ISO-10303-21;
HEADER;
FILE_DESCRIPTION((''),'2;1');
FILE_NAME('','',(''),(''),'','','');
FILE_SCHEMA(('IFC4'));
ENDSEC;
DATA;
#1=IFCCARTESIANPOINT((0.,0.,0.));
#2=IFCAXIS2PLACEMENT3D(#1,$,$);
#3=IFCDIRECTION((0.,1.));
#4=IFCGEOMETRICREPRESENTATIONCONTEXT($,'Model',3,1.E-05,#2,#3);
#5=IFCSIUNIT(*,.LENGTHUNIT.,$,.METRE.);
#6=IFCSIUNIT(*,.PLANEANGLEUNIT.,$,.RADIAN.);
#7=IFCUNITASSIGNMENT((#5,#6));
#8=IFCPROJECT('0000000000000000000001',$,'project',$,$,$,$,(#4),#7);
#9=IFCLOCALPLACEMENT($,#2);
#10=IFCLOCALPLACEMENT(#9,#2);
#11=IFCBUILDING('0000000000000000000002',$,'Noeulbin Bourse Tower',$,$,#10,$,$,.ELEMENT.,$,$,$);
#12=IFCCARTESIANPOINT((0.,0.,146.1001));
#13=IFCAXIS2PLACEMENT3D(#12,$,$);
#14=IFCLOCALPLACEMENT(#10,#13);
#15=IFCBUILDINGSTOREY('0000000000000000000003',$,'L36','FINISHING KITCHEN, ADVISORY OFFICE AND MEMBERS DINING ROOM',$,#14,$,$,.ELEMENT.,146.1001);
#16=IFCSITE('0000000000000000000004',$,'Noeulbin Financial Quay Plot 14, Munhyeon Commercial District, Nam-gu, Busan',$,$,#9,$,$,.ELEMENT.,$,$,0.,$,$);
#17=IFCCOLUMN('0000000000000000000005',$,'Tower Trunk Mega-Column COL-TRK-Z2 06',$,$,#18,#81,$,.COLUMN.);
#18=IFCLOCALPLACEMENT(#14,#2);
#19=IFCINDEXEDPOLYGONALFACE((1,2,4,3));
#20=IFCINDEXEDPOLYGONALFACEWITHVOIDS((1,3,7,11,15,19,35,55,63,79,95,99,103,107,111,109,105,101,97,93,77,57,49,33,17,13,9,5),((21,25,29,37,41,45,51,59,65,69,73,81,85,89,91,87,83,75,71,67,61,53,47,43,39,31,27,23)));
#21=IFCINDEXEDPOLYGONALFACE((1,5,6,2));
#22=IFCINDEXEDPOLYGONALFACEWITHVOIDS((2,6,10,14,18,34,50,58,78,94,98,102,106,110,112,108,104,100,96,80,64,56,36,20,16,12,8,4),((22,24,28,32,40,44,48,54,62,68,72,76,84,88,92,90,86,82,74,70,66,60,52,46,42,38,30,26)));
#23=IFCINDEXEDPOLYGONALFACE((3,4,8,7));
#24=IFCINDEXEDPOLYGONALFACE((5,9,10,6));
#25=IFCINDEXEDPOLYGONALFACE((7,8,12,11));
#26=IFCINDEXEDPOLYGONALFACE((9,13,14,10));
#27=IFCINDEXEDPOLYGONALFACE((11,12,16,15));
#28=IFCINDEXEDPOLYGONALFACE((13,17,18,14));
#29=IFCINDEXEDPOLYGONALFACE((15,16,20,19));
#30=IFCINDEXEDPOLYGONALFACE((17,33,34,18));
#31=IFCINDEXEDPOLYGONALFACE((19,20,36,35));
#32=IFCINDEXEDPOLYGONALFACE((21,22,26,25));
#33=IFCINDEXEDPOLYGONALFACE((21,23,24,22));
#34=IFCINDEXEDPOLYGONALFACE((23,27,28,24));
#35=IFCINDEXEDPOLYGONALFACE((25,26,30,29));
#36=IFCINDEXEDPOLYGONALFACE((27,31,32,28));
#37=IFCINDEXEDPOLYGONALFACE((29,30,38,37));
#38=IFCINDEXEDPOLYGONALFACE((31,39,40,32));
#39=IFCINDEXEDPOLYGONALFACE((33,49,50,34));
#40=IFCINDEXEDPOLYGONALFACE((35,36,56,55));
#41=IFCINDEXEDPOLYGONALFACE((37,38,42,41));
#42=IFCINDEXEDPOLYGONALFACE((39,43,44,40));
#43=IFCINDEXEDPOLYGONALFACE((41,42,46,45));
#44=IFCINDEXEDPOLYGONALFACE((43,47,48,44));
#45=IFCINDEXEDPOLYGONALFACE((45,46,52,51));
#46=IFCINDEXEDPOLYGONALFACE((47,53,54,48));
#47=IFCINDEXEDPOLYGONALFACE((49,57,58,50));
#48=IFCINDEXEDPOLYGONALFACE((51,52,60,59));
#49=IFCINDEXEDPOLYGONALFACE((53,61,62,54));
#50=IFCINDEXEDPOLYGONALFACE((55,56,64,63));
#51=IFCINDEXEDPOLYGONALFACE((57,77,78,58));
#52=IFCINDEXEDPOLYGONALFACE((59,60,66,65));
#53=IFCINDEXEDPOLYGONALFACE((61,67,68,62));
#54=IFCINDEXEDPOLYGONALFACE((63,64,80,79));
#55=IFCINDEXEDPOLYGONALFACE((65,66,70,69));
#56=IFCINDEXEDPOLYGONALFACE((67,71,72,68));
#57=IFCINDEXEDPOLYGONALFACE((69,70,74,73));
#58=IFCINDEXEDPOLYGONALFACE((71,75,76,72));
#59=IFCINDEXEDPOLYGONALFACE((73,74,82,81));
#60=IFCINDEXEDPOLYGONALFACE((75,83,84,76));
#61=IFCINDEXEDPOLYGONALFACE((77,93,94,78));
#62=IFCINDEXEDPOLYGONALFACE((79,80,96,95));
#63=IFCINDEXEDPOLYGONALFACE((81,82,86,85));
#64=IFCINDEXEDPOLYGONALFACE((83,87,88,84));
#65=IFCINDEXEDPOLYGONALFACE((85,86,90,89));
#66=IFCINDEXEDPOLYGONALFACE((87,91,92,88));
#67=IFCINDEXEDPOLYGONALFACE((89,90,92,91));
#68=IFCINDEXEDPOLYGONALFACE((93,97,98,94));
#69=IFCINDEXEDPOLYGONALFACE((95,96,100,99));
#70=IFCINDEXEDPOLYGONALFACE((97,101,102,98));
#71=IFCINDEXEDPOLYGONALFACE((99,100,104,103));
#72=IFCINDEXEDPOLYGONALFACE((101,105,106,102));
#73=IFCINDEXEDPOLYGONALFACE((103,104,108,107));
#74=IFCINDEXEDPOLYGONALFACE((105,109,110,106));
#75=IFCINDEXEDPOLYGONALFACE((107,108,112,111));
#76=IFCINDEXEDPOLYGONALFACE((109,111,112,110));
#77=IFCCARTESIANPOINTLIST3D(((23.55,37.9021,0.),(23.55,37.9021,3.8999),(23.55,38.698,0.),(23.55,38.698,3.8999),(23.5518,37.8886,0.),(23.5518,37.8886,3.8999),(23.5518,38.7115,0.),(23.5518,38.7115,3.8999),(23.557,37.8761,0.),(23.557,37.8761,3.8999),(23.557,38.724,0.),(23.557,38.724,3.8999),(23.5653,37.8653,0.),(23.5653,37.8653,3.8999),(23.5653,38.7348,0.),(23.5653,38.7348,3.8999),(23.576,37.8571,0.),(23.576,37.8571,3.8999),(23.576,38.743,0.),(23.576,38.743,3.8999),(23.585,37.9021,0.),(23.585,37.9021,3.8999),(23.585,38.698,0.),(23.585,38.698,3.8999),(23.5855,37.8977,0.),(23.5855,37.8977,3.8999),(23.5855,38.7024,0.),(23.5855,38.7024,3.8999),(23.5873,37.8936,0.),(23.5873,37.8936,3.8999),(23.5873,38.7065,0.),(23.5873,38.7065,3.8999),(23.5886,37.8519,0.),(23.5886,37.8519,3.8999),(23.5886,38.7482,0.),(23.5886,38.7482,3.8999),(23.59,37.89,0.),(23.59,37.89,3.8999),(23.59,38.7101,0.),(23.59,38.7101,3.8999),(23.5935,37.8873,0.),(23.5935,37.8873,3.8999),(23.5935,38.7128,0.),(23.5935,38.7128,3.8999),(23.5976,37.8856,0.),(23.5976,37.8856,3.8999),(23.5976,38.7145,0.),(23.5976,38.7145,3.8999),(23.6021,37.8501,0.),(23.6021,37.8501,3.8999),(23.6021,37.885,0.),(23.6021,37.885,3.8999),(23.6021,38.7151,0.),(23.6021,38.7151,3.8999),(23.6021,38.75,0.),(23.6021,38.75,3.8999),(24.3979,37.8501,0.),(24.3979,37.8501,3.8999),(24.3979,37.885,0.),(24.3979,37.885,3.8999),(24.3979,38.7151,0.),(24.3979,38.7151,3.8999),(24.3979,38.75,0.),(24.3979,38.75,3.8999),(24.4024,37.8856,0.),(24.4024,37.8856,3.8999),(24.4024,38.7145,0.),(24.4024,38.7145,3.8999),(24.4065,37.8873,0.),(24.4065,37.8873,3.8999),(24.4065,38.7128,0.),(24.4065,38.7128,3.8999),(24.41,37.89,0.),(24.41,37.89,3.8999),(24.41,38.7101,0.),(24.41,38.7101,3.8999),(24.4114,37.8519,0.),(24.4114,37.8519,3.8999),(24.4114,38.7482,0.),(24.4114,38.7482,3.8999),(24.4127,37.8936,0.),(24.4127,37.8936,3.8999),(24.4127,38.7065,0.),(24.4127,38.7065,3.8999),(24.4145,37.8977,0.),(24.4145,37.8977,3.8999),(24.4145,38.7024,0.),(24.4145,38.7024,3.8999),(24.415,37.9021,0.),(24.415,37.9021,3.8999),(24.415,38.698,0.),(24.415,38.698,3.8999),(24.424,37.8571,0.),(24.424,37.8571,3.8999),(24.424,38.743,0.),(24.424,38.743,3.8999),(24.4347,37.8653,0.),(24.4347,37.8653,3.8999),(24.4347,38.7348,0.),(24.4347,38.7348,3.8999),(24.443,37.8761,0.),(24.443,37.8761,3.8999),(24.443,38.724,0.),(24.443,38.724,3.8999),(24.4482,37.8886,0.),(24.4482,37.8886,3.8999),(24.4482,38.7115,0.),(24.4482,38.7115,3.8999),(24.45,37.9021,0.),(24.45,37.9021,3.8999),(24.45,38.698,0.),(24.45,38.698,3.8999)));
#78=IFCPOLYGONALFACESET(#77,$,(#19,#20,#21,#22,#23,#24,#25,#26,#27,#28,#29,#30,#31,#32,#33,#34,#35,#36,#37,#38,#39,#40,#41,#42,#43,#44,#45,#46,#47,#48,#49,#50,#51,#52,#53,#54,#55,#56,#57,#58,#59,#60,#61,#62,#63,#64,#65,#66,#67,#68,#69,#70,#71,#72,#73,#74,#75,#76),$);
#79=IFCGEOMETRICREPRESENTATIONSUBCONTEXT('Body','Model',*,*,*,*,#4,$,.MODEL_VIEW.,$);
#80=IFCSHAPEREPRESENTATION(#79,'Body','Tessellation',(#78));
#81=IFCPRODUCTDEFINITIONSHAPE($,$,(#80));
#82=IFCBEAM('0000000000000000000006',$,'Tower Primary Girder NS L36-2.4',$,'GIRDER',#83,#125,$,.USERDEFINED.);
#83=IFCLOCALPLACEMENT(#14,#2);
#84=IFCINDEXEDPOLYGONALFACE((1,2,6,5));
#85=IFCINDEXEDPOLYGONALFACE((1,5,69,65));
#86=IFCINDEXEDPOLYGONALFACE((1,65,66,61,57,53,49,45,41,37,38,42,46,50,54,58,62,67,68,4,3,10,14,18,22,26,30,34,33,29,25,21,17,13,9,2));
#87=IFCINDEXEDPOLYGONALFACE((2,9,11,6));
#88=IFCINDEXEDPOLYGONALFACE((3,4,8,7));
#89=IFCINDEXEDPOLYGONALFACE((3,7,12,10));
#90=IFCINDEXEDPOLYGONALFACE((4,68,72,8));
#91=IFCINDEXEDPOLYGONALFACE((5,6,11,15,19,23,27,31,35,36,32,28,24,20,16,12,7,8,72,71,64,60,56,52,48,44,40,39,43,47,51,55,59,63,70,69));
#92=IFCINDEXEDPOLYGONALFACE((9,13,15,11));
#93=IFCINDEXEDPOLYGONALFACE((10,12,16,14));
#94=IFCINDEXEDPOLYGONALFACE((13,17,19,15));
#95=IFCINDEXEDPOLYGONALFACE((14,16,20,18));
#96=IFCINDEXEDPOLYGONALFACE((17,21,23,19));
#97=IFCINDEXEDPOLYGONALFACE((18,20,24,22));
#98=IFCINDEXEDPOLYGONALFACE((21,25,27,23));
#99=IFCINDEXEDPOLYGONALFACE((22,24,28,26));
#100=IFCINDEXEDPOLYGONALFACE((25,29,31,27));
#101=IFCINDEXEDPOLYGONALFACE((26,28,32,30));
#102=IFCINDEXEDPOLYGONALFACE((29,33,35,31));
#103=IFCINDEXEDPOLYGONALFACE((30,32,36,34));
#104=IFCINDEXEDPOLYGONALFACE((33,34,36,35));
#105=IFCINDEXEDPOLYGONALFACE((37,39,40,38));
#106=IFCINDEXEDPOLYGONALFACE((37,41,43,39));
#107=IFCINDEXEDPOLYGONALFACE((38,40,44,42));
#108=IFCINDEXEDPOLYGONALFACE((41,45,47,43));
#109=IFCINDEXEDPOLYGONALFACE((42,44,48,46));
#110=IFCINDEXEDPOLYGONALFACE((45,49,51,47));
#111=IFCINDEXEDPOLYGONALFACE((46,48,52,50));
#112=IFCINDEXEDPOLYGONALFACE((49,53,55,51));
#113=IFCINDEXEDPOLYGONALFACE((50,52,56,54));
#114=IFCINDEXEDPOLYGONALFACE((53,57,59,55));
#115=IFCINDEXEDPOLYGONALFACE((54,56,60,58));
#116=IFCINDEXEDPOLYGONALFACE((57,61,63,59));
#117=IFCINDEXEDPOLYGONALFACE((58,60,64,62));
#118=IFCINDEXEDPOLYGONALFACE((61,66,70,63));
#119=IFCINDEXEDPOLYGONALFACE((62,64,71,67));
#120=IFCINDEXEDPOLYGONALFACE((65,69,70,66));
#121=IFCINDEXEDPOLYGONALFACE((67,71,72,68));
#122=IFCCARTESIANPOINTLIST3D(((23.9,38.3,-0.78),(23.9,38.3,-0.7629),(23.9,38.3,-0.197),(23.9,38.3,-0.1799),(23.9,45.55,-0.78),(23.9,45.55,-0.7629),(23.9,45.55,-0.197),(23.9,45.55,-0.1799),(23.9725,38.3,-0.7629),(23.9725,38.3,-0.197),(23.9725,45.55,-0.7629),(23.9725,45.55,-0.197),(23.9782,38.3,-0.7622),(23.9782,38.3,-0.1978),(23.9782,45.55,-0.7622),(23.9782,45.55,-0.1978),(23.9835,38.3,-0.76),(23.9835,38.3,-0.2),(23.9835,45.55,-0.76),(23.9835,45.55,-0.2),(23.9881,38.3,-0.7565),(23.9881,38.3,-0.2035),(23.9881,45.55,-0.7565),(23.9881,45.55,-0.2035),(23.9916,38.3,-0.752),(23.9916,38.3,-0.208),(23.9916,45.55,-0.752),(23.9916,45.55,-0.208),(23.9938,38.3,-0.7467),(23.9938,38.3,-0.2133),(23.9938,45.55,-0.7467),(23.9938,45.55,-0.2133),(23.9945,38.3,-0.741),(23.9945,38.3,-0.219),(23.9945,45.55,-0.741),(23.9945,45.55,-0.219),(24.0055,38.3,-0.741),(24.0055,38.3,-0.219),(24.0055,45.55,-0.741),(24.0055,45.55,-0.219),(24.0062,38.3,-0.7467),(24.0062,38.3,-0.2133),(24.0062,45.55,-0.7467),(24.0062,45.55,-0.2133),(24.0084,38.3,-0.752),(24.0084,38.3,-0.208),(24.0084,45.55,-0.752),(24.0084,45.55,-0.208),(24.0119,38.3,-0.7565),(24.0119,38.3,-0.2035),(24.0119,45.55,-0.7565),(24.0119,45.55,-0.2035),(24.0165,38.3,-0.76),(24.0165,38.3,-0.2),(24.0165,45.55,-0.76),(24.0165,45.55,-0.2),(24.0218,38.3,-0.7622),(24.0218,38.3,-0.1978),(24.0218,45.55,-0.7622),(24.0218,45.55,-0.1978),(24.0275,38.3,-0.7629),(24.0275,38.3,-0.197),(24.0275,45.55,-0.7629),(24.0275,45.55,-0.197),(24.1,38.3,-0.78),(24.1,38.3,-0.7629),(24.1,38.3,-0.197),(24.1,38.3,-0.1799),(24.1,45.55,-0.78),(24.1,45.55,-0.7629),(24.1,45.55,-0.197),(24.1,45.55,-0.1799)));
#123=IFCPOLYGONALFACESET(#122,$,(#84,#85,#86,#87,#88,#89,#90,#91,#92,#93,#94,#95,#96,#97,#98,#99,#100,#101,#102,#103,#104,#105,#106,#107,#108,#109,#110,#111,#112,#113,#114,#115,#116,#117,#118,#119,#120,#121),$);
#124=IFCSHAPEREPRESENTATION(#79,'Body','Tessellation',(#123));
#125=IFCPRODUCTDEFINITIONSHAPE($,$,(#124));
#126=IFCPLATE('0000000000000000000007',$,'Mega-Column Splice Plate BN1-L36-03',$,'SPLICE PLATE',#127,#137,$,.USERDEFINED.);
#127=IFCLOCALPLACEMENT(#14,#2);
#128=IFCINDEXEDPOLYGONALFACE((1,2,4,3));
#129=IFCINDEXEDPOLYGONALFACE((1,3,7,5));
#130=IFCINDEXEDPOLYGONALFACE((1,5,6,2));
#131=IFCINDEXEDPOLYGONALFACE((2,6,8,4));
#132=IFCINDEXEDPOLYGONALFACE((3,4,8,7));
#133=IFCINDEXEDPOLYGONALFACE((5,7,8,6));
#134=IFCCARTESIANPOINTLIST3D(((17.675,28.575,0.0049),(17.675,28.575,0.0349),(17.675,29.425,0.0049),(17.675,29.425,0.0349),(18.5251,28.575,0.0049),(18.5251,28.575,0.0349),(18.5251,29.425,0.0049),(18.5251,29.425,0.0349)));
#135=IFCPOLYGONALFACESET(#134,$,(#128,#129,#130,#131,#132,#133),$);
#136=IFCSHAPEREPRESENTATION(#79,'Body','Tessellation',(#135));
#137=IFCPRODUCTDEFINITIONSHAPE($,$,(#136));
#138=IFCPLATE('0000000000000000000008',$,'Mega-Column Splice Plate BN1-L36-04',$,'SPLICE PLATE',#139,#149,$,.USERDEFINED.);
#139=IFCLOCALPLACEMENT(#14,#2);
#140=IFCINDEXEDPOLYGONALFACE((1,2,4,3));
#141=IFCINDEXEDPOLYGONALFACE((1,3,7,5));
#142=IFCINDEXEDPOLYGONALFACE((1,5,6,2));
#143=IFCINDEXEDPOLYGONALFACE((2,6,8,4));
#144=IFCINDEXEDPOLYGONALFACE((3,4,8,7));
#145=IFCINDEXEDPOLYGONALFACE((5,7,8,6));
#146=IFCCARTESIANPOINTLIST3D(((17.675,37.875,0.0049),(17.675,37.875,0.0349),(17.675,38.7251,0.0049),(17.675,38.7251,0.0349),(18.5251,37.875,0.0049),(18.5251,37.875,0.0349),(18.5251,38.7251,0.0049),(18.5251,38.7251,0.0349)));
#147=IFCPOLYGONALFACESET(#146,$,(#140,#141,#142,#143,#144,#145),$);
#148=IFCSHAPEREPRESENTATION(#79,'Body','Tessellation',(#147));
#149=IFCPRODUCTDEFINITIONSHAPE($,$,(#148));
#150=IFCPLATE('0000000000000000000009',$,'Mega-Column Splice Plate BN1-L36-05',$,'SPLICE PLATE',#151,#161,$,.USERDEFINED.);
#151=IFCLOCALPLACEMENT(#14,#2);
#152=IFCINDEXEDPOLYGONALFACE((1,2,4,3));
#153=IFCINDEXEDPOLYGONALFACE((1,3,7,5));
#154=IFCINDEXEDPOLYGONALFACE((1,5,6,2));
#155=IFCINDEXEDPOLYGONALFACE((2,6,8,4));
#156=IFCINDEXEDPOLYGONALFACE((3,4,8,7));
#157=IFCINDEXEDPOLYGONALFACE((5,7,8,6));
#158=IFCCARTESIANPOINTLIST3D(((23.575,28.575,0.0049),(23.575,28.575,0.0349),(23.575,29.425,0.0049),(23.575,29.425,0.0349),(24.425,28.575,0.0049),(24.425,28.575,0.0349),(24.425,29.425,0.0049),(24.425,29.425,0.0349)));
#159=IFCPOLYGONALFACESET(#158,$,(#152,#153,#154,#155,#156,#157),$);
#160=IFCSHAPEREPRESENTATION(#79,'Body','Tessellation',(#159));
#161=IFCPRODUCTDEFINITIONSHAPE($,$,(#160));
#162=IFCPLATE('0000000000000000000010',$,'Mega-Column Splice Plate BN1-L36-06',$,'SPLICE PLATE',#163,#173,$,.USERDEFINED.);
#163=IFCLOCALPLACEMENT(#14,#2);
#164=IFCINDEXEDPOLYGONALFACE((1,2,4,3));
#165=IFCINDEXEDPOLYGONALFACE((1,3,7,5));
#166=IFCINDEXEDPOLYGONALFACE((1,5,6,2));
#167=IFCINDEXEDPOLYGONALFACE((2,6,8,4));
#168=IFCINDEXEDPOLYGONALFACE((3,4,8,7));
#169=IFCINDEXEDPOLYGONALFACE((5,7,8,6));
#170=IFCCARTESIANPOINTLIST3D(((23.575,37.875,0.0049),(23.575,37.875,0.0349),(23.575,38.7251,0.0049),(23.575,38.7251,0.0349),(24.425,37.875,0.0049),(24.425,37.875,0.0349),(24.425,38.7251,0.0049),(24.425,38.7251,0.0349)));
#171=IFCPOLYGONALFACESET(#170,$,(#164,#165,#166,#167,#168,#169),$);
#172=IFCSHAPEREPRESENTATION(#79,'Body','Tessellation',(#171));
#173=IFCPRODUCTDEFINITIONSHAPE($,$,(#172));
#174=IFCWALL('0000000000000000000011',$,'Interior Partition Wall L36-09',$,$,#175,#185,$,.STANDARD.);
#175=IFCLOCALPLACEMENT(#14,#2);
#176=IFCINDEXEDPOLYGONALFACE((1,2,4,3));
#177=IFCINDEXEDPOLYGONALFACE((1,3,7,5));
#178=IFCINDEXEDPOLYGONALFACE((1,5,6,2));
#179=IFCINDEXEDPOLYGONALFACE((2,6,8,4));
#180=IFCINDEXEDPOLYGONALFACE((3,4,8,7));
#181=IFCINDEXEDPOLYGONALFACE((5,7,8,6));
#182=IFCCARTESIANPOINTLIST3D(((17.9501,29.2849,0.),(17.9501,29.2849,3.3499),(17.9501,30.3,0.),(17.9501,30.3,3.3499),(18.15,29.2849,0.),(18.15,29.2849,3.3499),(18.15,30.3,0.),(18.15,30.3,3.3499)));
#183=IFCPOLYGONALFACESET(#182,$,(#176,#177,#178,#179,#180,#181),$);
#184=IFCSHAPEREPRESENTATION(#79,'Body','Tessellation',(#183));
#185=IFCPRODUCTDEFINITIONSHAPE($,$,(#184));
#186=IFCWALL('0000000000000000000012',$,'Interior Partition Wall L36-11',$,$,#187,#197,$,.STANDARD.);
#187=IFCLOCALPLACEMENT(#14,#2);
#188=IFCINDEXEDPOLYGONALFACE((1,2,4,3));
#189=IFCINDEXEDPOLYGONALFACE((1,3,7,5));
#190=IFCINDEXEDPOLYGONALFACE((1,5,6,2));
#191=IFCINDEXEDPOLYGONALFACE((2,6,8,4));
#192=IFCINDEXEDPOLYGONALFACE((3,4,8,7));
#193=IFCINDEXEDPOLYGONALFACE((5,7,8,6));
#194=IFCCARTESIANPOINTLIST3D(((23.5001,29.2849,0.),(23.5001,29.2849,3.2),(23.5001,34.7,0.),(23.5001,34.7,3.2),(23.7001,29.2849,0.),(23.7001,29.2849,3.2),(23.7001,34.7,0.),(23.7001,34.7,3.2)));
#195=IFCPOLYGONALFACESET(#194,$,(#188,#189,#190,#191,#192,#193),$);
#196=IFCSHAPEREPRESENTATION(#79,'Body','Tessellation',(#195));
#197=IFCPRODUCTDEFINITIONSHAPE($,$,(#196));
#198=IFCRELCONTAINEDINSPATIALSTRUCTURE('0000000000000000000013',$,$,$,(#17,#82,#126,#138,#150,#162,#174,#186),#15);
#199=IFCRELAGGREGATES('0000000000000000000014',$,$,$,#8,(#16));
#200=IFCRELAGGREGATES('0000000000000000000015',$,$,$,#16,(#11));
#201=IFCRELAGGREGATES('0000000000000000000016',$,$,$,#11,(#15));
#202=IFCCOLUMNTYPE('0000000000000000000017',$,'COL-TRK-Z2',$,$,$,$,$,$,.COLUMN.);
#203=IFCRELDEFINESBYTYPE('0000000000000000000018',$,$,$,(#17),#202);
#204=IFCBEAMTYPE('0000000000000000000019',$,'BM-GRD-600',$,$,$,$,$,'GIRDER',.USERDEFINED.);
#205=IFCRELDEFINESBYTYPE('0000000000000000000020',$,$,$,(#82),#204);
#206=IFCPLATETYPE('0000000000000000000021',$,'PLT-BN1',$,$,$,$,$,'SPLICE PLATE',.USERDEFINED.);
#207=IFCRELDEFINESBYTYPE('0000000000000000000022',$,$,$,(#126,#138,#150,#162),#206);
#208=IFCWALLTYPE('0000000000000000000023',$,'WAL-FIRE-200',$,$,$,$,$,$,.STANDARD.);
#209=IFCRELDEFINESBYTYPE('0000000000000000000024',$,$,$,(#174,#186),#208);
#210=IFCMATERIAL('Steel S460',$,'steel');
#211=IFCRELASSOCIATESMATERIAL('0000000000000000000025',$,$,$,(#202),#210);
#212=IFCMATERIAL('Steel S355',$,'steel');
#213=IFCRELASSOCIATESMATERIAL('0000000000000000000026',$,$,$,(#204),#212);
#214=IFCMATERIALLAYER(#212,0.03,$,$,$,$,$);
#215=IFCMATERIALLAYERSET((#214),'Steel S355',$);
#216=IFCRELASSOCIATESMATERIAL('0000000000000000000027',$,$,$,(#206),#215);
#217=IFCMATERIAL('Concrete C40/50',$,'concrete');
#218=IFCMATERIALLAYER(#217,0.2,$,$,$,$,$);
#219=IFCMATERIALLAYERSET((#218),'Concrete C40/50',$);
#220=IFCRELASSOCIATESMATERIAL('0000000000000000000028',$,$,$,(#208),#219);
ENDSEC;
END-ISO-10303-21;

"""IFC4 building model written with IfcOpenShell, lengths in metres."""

from ifc_helpers import new_model, si_unit, direction, frame, frame_2d, origin, origin_2d, place, context, subcontext, project, spatial, rectangle, hollow_rectangle, i_section, extrude, material, layer, layer_set, material_profile, profile_set, type_object, element, save


model = new_model("IFC4")

# Units and contexts
model_context = context("Model", 3, precision=1e-05, world=origin(), true_north=direction((0.0, 1.0)))
body_context = subcontext(model_context, "Body", "Model", "MODEL_VIEW")
ifc_project = project(units=[si_unit("LENGTHUNIT", "METRE"), si_unit("PLANEANGLEUNIT", "RADIAN")], contexts=[model_context])

# Site, building, storey
site_placement = place(None, origin())
site = spatial("IfcSite", under=ifc_project, at=site_placement, Name="Noeulbin Financial Quay Plot 14, Munhyeon Commercial District, Nam-gu, Busan", CompositionType="ELEMENT", RefElevation=0.0)
building_placement = place(site_placement, origin())
building = spatial("IfcBuilding", under=site, at=building_placement, Name="Noeulbin Bourse Tower", CompositionType="ELEMENT")
storey_placement = place(building_placement, frame((0.0, 0.0, 146.1001)))
storey = spatial("IfcBuildingStorey", under=building, at=storey_placement, Name="L36", Description="FINISHING KITCHEN, ADVISORY OFFICE AND MEMBERS DINING ROOM", CompositionType="ELEMENT", Elevation=146.1001)

# Column
ifc_material_1 = material(Name="Steel S460", Category="steel")
ifc_material_profile_1 = material_profile(ifc_material_1, hollow_rectangle(XDim=0.8999, YDim=0.8999, WallThickness=0.0349, InnerFilletRadius=0.0171, OuterFilletRadius=0.052, at=origin_2d()), Name="BOX-900x900x35", Category="LoadBearing")
ifc_profile_set_1 = profile_set([ifc_material_profile_1], Name="Steel S460")
column_type = type_object("IfcColumnType", Name="COL-TRK-Z2", PredefinedType="COLUMN", material=ifc_profile_set_1)
for number, where, z_axis, x_axis, name in (
    (1, (24.0, 38.3, 0.0), (0.0, 0.0, 1.0), (1.0, 0.0, 0.0), "Tower Trunk Mega-Column COL-TRK-Z2 06"),
):
    element("IfcColumn", number, at=place(storey_placement, frame(where, z_axis=z_axis, x_axis=x_axis)), inside=storey, type_object=column_type, Name=name, PredefinedType="COLUMN", context=body_context, shape_type="SweptSolid", body=[
        extrude(hollow_rectangle(XDim=0.8999, YDim=0.8999, WallThickness=0.0349, InnerFilletRadius=0.0171, OuterFilletRadius=0.052, at=origin_2d()), origin(), (0.0, 0.0, 1.0), 3.8999),
    ])

# Beam
ifc_material_2 = material(Name="Steel S355", Category="steel")
ifc_material_profile_2 = material_profile(ifc_material_2, i_section(OverallWidth=0.2, OverallDepth=0.6001, WebThickness=0.011, FlangeThickness=0.0171, FilletRadius=0.022, at=origin_2d()), Name="H-600x200x11x17", Category="LoadBearing")
ifc_profile_set_2 = profile_set([ifc_material_profile_2], Name="Steel S355")
beam_type = type_object("IfcBeamType", Name="BM-GRD-600", ElementType="GIRDER", PredefinedType="USERDEFINED", material=ifc_profile_set_2)
beam_placement = place(storey_placement, frame((24.0, 38.3, -0.48), z_axis=(0.0, 1.0, 0.0), x_axis=(-1.0, 0.0, 0.0)))
element("IfcBeam", 2, at=beam_placement, inside=storey, type_object=beam_type, Name="Tower Primary Girder NS L36-2.4", ObjectType="GIRDER", PredefinedType="USERDEFINED", context=body_context, shape_type="SweptSolid", body=[
    extrude(i_section(OverallWidth=0.2, OverallDepth=0.6001, WebThickness=0.011, FlangeThickness=0.0171, FilletRadius=0.022, at=origin_2d()), origin(), (0.0, 0.0, 1.0), 7.25),
])

# Plates
ifc_layer_1 = layer(ifc_material_2, 0.03)
ifc_layer_set_1 = layer_set([ifc_layer_1], Name="Steel S355")
plate_type = type_object("IfcPlateType", Name="PLT-BN1", ElementType="SPLICE PLATE", PredefinedType="USERDEFINED", material=ifc_layer_set_1)
for number, where, z_axis, x_axis, name in (
    (3, (18.1001, 29.0, 0.0049), (0.0, 0.0, 1.0), (1.0, 0.0, 0.0), "Mega-Column Splice Plate BN1-L36-03"),
    (4, (18.1001, 38.3, 0.0049), (0.0, 0.0, 1.0), (1.0, 0.0, 0.0), "Mega-Column Splice Plate BN1-L36-04"),
    (5, (24.0, 29.0, 0.0049), (0.0, 0.0, 1.0), (1.0, 0.0, 0.0), "Mega-Column Splice Plate BN1-L36-05"),
    (6, (24.0, 38.3, 0.0049), (0.0, 0.0, 1.0), (1.0, 0.0, 0.0), "Mega-Column Splice Plate BN1-L36-06"),
):
    element("IfcPlate", number, at=place(storey_placement, frame(where, z_axis=z_axis, x_axis=x_axis)), inside=storey, type_object=plate_type, Name=name, ObjectType="SPLICE PLATE", PredefinedType="USERDEFINED", context=body_context, shape_type="SweptSolid", body=[
        extrude(rectangle(XDim=0.8501, YDim=0.8501, at=origin_2d()), origin(), (0.0, 0.0, 1.0), 0.03),
    ])

# Walls
ifc_material_3 = material(Name="Concrete C40/50", Category="concrete")
ifc_layer_2 = layer(ifc_material_3, 0.2)
ifc_layer_set_2 = layer_set([ifc_layer_2], Name="Concrete C40/50")
wall_type_1 = type_object("IfcWallType", Name="WAL-FIRE-200", PredefinedType="STANDARD", material=ifc_layer_set_2)
wall_1_placement = place(storey_placement, frame((18.05, 29.2849, 0.0), z_axis=(0.0, 0.0, 1.0), x_axis=(0.0, 1.0, 0.0)))
element("IfcWall", 7, at=wall_1_placement, inside=storey, type_object=wall_type_1, Name="Interior Partition Wall L36-09", PredefinedType="STANDARD", context=body_context, shape_type="SweptSolid", body=[
    extrude(rectangle(XDim=1.0151, YDim=0.2, at=frame_2d((0.5076, 0.0))), origin(), (0.0, 0.0, 1.0), 3.3499),
])
wall_2_placement = place(storey_placement, frame((23.6001, 29.2849, 0.0), z_axis=(0.0, 0.0, 1.0), x_axis=(0.0, 1.0, 0.0)))
element("IfcWall", 8, at=wall_2_placement, inside=storey, type_object=wall_type_1, Name="Interior Partition Wall L36-11", PredefinedType="STANDARD", context=body_context, shape_type="SweptSolid", body=[
    extrude(rectangle(XDim=5.415, YDim=0.2, at=frame_2d((2.7075, 0.0))), origin(), (0.0, 0.0, 1.0), 3.2),
])

save(model, "model.ifc")
